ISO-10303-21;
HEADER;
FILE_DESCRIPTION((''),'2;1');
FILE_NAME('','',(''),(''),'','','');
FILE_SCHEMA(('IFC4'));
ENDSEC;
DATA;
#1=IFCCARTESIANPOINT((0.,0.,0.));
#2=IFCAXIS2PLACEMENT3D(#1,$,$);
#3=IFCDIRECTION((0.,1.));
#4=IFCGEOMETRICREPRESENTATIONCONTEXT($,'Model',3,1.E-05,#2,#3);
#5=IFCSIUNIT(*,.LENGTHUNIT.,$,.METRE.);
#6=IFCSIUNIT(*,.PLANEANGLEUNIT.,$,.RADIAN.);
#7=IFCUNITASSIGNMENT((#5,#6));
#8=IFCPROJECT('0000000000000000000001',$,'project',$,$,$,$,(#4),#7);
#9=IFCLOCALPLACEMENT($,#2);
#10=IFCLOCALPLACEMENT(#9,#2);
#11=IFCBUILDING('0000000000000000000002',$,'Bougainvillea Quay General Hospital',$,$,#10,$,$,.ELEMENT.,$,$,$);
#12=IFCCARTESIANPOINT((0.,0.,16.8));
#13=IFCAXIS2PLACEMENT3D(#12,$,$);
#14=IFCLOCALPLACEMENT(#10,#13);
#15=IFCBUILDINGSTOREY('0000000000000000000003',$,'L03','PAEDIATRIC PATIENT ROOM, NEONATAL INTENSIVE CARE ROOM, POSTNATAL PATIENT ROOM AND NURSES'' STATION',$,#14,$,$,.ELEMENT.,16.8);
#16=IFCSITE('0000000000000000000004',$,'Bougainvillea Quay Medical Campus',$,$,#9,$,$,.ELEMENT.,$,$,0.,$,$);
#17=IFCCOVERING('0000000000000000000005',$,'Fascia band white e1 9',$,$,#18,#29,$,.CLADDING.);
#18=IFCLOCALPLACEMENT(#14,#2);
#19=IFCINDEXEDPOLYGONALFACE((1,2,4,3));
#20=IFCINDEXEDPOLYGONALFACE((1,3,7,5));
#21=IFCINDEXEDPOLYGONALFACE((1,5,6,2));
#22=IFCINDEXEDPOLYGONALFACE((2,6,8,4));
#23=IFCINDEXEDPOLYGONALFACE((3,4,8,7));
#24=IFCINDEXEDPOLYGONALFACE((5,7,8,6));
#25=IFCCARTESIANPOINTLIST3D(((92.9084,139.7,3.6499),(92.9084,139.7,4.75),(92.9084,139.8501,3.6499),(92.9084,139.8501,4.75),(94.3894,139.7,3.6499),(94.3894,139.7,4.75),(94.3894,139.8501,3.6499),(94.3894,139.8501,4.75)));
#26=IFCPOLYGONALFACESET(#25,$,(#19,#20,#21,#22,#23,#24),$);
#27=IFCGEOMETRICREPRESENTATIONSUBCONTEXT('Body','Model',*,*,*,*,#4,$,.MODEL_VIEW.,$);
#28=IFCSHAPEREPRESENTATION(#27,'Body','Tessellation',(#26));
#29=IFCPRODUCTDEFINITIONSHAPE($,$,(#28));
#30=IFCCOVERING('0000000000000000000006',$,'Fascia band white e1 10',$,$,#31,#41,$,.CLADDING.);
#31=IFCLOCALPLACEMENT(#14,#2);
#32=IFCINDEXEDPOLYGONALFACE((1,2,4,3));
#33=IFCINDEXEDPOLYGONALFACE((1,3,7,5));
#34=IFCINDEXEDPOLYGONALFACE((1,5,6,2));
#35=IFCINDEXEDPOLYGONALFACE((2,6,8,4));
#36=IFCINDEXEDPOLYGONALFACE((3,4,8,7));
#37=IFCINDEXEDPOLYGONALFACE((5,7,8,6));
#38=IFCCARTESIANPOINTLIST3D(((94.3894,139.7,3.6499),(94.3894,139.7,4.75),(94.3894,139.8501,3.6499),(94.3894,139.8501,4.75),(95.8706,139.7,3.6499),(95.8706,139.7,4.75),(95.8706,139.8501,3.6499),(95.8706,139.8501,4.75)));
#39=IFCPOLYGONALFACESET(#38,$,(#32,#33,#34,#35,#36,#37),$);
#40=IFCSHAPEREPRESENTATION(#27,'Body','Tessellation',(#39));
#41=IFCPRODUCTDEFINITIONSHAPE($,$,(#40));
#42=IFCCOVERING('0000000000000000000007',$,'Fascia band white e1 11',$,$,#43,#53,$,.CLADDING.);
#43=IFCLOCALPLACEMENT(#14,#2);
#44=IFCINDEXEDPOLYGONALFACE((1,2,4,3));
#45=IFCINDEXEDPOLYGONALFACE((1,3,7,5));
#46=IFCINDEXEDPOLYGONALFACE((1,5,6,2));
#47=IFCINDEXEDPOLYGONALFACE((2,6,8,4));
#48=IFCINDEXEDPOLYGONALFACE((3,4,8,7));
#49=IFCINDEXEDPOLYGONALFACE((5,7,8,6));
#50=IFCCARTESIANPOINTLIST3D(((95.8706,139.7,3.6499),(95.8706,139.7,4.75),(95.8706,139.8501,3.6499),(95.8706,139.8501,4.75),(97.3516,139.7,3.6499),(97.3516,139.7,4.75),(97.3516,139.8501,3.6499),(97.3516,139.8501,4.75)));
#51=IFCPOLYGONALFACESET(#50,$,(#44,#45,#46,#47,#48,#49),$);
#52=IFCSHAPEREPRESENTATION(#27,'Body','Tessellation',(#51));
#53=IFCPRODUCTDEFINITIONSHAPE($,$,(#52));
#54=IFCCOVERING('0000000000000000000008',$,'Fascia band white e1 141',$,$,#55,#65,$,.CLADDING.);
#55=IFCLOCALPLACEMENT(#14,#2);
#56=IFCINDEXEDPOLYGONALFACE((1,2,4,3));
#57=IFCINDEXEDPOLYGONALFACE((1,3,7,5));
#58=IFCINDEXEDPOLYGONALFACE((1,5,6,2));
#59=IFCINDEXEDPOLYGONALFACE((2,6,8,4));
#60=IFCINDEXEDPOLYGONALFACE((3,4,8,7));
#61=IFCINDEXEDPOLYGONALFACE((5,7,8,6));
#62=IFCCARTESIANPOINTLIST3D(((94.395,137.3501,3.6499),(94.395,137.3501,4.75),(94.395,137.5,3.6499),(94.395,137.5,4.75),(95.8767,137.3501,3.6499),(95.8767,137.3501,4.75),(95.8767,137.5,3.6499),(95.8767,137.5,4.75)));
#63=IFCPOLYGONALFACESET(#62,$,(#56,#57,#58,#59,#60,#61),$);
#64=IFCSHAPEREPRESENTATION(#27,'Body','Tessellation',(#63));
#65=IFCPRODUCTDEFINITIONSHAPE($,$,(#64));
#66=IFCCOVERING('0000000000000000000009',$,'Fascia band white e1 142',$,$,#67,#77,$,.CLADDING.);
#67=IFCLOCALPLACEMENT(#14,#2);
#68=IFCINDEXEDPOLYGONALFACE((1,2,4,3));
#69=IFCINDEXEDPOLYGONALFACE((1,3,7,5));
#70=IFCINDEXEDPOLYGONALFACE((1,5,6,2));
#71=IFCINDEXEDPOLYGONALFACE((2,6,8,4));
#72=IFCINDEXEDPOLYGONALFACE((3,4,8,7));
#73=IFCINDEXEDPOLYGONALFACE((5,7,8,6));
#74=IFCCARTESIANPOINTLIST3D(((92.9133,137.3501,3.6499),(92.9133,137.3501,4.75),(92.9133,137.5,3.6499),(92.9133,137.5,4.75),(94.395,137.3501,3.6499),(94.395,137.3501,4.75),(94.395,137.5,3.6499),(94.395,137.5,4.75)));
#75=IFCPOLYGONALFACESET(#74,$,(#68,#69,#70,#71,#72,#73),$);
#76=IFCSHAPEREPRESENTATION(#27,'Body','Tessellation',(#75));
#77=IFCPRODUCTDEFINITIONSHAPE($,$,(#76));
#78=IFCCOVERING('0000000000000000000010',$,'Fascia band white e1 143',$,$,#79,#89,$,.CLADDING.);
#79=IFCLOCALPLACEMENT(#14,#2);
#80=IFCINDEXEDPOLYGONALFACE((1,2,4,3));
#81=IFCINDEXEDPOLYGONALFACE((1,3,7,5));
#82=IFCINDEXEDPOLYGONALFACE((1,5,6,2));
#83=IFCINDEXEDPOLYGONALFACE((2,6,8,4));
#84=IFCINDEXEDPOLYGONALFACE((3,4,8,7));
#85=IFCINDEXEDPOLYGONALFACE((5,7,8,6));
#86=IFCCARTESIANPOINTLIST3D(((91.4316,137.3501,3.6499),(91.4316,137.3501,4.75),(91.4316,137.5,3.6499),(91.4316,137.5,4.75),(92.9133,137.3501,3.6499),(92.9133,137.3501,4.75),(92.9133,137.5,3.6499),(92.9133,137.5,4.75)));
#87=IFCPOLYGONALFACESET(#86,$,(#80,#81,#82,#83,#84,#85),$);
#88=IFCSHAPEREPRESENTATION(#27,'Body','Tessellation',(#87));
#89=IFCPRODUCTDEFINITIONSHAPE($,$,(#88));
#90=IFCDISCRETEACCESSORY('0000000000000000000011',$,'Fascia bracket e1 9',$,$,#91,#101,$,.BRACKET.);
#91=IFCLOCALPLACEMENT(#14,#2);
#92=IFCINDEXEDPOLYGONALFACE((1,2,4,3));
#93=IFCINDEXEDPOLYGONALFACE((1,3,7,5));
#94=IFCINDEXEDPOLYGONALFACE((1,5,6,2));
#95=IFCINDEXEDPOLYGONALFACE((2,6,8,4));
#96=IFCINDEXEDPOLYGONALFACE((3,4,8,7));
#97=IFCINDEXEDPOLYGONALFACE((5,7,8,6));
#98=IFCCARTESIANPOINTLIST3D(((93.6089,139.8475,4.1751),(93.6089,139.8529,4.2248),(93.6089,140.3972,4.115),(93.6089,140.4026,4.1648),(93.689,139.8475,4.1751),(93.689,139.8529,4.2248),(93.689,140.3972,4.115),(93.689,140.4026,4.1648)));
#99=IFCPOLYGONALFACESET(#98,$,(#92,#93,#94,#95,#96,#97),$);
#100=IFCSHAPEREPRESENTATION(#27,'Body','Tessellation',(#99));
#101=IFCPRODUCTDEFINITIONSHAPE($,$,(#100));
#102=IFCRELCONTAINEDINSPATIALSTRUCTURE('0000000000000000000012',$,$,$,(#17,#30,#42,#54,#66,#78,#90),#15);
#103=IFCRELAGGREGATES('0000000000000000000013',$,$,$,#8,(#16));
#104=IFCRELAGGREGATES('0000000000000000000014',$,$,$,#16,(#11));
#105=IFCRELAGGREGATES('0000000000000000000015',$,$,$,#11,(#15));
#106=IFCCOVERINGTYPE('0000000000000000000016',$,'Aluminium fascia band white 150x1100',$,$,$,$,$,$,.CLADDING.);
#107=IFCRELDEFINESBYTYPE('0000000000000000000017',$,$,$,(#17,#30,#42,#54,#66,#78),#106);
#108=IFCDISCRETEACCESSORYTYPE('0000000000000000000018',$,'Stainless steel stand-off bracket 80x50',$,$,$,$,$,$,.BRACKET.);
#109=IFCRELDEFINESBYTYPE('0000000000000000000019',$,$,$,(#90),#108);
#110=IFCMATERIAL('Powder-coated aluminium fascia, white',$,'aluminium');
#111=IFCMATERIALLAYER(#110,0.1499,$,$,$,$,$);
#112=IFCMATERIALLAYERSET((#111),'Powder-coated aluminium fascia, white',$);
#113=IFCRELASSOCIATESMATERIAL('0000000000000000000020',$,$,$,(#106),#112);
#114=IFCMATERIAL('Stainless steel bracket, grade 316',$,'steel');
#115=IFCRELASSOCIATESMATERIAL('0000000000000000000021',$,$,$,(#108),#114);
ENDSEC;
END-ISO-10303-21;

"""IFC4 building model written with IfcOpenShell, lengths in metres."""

from ifc_helpers import new_model, si_unit, direction, frame, origin, origin_2d, place, context, subcontext, project, spatial, polyline, rectangle, outline, extrude, material, layer, layer_set, material_profile, profile_set, type_object, element, save


model = new_model("IFC4")

# Units and contexts
model_context = context("Model", 3, precision=1e-05, world=origin(), true_north=direction((0.0, 1.0)))
body_context = subcontext(model_context, "Body", "Model", "MODEL_VIEW")
ifc_project = project(units=[si_unit("LENGTHUNIT", "METRE"), si_unit("PLANEANGLEUNIT", "RADIAN")], contexts=[model_context])

# Site, building, storey
site_placement = place(None, origin())
site = spatial("IfcSite", under=ifc_project, at=site_placement, Name="Bougainvillea Quay Medical Campus", CompositionType="ELEMENT", RefElevation=0.0)
building_placement = place(site_placement, origin())
building = spatial("IfcBuilding", under=site, at=building_placement, Name="Bougainvillea Quay General Hospital", CompositionType="ELEMENT")
storey_placement = place(building_placement, frame((0.0, 0.0, 16.8)))
storey = spatial("IfcBuildingStorey", under=building, at=storey_placement, Name="L03", Description="PAEDIATRIC PATIENT ROOM, NEONATAL INTENSIVE CARE ROOM, POSTNATAL PATIENT ROOM AND NURSES' STATION", CompositionType="ELEMENT", Elevation=16.8)

# Coverings
ifc_material_1 = material(Name="Powder-coated aluminium fascia, white", Category="aluminium")
ifc_layer_1 = layer(ifc_material_1, 0.1499)
ifc_layer_set_1 = layer_set([ifc_layer_1], Name="Powder-coated aluminium fascia, white")
covering_type = type_object("IfcCoveringType", Name="Aluminium fascia band white 150x1100", PredefinedType="CLADDING", material=ifc_layer_set_1)
covering_1_placement = place(storey_placement, frame((92.9084, 139.8501, 3.6499), z_axis=(0.0, 0.0, 1.0), x_axis=(1.0, 0.0, 0.0)))
element("IfcCovering", 1, at=covering_1_placement, inside=storey, type_object=covering_type, Name="Fascia band white e1 9", PredefinedType="CLADDING", context=body_context, shape_type="SweptSolid", body=[
    extrude(outline(polyline([(0.0, 0.0), (1.481, 0.0), (1.481, -0.1501), (0.0, -0.1501), (0.0, 0.0)])), origin(), (0.0, 0.0, 1.0), 1.1001),
])
covering_2_placement = place(storey_placement, frame((94.3894, 139.8501, 3.6499), z_axis=(0.0, 0.0, 1.0), x_axis=(1.0, 0.0, 0.0)))
element("IfcCovering", 2, at=covering_2_placement, inside=storey, type_object=covering_type, Name="Fascia band white e1 10", PredefinedType="CLADDING", context=body_context, shape_type="SweptSolid", body=[
    extrude(outline(polyline([(0.0, 0.0), (1.4812, 0.0), (1.4812, -0.1501), (0.0, -0.1501), (0.0, 0.0)])), origin(), (0.0, 0.0, 1.0), 1.1001),
])
covering_3_placement = place(storey_placement, frame((95.8706, 139.8501, 3.6499), z_axis=(0.0, 0.0, 1.0), x_axis=(1.0, 0.0, 0.0)))
element("IfcCovering", 3, at=covering_3_placement, inside=storey, type_object=covering_type, Name="Fascia band white e1 11", PredefinedType="CLADDING", context=body_context, shape_type="SweptSolid", body=[
    extrude(outline(polyline([(0.0, 0.0), (1.481, 0.0), (1.481, -0.1501), (0.0, -0.1501), (0.0, 0.0)])), origin(), (0.0, 0.0, 1.0), 1.1001),
])
for number, where, z_axis, x_axis, name in (
    (4, (95.8767, 137.3501, 3.6499), (0.0, 0.0, 1.0), (-1.0, 0.0, 0.0), "Fascia band white e1 141"),
    (5, (94.395, 137.3501, 3.6499), (0.0, 0.0, 1.0), (-1.0, 0.0, 0.0), "Fascia band white e1 142"),
    (6, (92.9133, 137.3501, 3.6499), (0.0, 0.0, 1.0), (-1.0, 0.0, 0.0), "Fascia band white e1 143"),
):
    element("IfcCovering", number, at=place(storey_placement, frame(where, z_axis=z_axis, x_axis=x_axis)), inside=storey, type_object=covering_type, Name=name, PredefinedType="CLADDING", context=body_context, shape_type="SweptSolid", body=[
        extrude(outline(polyline([(0.0, 0.0), (1.4817, 0.0), (1.4817, -0.1499), (0.0, -0.1499), (0.0, 0.0)])), origin(), (0.0, 0.0, 1.0), 1.1001),
    ])

# Discrete accessory
ifc_material_2 = material(Name="Stainless steel bracket, grade 316", Category="steel")
ifc_material_profile_1 = material_profile(ifc_material_2, rectangle(XDim=0.0801, YDim=0.05, at=origin_2d()))
ifc_profile_set_1 = profile_set([ifc_material_profile_1], Name="Stainless steel bracket, grade 316")
discrete_accessory_type = type_object("IfcDiscreteAccessoryType", Name="Stainless steel stand-off bracket 80x50", PredefinedType="BRACKET", material=ifc_profile_set_1)
discrete_accessory_placement = place(storey_placement, frame((93.6489, 140.3999, 4.1399), z_axis=(0.0, -0.994087, 0.10859), x_axis=(1.0, 0.0, 0.0)))
element("IfcDiscreteAccessory", 7, at=discrete_accessory_placement, inside=storey, type_object=discrete_accessory_type, Name="Fascia bracket e1 9", PredefinedType="BRACKET", context=body_context, shape_type="SweptSolid", body=[
    extrude(rectangle(XDim=0.0801, YDim=0.05, at=origin_2d()), origin(), (0.0, 0.0, 1.0), 0.553),
])

save(model, "model.ifc")
